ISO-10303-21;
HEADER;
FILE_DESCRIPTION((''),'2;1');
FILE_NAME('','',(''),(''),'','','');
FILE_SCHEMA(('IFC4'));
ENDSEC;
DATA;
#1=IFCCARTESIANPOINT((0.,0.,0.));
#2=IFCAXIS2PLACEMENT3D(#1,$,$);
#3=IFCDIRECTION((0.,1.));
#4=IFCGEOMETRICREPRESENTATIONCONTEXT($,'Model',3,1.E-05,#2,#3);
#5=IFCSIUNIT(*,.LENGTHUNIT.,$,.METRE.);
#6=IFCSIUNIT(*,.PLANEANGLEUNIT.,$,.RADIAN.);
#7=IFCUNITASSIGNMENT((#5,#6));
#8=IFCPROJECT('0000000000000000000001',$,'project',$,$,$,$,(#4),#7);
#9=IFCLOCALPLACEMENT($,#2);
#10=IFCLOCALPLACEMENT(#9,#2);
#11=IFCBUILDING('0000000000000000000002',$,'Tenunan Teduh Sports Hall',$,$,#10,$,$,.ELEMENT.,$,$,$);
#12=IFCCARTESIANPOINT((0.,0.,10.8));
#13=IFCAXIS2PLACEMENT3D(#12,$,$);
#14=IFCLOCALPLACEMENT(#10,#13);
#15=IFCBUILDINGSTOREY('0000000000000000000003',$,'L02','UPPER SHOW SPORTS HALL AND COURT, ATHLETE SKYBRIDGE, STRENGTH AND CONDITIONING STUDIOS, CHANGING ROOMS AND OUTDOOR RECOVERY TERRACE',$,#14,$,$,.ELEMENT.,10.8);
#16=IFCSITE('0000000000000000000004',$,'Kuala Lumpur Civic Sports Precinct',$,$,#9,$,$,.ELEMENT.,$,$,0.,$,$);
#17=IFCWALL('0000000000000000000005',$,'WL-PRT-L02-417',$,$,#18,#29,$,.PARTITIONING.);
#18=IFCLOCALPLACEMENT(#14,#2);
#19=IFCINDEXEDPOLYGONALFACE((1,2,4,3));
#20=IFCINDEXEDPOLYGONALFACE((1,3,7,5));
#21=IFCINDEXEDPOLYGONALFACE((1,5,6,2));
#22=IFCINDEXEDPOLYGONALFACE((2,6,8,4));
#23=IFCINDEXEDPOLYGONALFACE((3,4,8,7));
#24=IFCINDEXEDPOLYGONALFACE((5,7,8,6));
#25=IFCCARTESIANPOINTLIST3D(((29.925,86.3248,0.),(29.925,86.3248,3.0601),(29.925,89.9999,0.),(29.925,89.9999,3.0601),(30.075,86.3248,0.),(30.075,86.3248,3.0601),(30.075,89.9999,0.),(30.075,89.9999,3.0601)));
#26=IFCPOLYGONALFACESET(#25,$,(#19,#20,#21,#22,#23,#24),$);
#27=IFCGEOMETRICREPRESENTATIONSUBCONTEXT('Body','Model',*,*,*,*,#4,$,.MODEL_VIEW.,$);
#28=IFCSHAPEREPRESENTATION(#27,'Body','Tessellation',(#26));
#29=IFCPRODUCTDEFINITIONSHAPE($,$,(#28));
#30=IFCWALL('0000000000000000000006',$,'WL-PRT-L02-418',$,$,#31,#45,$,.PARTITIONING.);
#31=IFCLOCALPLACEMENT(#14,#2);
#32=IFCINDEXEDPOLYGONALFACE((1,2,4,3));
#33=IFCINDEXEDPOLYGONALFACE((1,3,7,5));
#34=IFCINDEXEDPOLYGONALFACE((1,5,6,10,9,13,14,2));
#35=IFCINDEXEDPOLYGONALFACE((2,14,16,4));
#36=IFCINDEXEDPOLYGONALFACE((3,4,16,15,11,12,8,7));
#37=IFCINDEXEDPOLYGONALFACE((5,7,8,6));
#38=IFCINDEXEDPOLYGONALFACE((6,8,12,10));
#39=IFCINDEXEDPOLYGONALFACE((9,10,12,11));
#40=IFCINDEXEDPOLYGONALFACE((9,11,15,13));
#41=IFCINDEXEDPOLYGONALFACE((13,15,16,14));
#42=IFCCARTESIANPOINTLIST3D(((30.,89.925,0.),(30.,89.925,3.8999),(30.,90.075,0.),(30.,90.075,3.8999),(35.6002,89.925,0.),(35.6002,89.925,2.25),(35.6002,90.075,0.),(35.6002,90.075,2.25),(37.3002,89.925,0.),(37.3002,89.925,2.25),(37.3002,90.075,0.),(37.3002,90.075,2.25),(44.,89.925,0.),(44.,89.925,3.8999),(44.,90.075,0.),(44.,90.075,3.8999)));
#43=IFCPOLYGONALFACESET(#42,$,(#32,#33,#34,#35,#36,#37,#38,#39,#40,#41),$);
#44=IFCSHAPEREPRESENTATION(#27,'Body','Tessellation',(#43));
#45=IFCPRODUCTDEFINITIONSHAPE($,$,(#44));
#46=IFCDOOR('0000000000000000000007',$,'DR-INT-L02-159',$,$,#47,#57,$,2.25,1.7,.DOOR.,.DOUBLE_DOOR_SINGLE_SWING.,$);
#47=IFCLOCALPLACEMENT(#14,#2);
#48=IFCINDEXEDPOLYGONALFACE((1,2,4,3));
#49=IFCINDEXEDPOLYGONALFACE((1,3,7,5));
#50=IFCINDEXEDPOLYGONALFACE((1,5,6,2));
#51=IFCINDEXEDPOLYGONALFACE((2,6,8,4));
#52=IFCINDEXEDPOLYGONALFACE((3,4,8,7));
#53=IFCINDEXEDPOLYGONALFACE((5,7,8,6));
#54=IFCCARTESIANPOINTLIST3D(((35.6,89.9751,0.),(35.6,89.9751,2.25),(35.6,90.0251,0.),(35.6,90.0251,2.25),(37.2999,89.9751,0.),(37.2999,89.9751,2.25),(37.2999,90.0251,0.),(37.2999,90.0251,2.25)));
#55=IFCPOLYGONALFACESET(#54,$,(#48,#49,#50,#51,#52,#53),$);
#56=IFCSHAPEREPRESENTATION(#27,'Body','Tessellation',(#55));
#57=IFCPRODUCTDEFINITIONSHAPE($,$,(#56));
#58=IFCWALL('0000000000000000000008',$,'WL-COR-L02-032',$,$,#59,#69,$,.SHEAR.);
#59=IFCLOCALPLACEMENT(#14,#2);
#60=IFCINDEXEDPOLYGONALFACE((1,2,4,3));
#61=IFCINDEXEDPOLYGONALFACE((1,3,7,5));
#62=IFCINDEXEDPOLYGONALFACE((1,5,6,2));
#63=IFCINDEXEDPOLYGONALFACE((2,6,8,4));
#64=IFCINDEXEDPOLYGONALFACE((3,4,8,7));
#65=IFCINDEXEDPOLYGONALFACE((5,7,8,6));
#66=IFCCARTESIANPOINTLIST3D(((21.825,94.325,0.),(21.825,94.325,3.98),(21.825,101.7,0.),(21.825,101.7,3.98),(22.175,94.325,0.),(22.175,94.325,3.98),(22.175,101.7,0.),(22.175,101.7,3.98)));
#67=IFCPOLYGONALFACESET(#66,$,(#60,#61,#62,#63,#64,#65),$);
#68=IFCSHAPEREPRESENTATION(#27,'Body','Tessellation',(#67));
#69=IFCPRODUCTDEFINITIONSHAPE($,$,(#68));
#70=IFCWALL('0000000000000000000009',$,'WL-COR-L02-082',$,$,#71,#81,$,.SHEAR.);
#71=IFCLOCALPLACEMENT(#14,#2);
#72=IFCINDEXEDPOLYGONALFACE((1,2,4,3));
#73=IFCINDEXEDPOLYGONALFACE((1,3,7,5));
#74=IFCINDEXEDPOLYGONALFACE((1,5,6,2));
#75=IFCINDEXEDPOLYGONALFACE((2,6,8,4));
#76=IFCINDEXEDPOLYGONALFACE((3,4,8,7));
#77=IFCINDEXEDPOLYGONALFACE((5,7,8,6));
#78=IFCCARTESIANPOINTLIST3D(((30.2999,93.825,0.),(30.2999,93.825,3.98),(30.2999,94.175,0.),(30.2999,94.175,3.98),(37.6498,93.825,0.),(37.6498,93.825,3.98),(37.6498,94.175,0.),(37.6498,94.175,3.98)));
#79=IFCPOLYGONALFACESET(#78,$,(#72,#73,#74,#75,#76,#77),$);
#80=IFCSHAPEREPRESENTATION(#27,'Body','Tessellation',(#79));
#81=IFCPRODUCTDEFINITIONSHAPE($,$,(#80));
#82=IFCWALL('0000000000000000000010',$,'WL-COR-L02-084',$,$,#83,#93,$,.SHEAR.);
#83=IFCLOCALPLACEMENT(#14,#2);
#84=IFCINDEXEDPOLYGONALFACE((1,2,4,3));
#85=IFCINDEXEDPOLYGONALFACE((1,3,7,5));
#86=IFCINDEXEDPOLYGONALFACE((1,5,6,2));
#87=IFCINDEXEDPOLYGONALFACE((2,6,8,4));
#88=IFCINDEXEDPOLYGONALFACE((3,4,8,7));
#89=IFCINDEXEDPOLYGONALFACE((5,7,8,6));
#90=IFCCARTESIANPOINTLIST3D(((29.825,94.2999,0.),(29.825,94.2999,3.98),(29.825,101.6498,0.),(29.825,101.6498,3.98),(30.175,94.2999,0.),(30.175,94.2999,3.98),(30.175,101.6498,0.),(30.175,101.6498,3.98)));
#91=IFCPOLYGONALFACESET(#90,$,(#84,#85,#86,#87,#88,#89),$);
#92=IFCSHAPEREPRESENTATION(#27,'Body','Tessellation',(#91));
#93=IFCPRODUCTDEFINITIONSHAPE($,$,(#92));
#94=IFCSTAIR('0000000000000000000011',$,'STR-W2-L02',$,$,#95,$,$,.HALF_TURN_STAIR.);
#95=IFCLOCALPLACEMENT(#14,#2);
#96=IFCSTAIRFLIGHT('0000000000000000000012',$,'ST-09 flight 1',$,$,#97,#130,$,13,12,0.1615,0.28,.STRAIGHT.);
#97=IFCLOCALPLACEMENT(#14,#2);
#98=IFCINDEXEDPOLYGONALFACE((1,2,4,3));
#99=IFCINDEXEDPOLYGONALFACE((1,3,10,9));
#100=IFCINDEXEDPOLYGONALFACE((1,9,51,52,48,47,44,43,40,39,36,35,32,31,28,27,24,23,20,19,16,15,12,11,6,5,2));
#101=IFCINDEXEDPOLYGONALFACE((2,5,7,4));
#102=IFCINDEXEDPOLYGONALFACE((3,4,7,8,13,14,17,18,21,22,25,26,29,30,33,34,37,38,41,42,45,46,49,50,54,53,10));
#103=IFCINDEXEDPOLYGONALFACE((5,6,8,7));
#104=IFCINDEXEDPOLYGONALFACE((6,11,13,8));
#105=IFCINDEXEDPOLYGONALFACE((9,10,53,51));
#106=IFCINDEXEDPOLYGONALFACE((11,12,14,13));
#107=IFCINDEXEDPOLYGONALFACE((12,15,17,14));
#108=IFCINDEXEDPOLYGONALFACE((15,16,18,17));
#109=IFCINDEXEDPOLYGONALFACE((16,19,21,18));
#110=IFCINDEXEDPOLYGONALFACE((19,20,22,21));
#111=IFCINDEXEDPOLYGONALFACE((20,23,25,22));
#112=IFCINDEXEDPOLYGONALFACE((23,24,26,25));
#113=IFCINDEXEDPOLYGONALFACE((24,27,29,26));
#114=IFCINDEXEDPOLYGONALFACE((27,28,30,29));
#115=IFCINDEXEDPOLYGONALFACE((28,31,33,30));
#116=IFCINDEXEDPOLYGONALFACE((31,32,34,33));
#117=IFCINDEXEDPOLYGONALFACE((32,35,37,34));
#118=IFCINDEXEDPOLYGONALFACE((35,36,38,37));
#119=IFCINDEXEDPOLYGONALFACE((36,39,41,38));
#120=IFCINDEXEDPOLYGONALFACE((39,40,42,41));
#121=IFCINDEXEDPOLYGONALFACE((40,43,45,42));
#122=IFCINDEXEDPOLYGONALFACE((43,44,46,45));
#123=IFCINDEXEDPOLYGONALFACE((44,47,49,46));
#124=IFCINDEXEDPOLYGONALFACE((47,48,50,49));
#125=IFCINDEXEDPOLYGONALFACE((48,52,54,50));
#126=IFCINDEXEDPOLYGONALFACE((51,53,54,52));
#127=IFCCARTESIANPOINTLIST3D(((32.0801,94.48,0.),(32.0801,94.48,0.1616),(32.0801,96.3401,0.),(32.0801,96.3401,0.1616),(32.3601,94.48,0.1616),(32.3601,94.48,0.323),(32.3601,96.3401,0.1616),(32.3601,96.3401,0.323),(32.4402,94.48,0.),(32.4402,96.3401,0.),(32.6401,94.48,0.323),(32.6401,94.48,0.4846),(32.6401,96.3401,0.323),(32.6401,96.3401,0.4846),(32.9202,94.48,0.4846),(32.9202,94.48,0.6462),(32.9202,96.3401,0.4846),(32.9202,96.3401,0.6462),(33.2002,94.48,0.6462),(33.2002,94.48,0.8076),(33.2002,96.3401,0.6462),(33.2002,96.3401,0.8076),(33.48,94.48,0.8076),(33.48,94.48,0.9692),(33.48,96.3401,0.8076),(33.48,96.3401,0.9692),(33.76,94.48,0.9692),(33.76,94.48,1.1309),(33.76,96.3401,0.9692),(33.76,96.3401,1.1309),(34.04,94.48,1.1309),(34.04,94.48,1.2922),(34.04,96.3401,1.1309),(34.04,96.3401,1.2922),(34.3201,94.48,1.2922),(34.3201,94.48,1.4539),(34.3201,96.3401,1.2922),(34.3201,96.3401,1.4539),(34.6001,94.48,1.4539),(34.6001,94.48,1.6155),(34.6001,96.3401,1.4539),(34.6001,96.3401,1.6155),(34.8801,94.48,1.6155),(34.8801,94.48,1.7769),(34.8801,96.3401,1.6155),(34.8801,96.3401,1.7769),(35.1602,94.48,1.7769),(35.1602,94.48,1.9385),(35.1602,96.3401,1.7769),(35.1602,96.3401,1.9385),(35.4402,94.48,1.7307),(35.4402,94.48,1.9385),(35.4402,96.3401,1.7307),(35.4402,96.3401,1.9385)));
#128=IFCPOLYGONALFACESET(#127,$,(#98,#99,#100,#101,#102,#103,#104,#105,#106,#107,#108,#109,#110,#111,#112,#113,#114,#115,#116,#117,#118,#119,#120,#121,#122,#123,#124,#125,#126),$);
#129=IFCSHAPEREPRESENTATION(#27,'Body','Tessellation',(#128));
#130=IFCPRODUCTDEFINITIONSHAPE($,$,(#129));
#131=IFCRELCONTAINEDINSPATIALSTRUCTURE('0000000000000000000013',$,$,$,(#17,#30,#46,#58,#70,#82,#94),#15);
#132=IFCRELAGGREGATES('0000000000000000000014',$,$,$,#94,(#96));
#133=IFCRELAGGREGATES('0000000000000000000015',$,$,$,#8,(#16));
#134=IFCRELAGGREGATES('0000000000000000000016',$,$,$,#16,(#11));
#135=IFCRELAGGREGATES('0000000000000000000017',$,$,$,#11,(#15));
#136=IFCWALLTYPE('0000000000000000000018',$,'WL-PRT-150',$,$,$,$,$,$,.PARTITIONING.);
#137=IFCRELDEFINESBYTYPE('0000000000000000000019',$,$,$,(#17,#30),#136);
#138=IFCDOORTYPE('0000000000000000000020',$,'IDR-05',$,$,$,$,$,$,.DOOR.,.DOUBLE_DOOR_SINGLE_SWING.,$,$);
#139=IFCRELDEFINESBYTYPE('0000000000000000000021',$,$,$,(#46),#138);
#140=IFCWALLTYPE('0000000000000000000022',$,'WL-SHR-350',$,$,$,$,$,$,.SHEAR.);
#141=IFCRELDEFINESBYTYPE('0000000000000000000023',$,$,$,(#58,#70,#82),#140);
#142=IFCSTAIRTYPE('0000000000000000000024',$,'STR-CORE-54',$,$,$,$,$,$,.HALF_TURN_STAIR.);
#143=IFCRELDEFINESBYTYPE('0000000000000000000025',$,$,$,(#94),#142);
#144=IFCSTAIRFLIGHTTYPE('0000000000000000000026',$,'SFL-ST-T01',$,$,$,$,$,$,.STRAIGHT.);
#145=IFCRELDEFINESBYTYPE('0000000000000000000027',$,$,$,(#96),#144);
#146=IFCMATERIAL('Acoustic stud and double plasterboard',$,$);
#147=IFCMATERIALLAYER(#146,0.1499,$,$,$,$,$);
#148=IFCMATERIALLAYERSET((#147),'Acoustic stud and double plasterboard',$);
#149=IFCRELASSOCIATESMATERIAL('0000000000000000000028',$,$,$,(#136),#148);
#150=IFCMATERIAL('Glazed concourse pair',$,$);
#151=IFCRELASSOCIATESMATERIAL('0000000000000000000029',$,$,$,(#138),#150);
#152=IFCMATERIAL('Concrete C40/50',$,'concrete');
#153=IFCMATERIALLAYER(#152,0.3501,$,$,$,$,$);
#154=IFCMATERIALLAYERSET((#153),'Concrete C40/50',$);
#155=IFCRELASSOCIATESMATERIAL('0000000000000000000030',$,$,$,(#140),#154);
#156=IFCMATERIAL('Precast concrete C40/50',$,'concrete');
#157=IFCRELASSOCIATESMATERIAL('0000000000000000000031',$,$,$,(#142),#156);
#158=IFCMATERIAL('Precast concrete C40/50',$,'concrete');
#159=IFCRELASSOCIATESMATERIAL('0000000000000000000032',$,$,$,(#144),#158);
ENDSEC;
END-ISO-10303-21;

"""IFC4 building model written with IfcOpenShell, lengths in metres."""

from ifc_helpers import new_model, si_unit, direction, frame, frame_2d, origin, place, context, subcontext, project, spatial, polyline, rectangle, outline, extrude, material, layer, layer_set, type_object, element, fill, aggregate, save


model = new_model("IFC4")

# Units and contexts
model_context = context("Model", 3, precision=1e-05, world=origin(), true_north=direction((0.0, 1.0)))
body_context = subcontext(model_context, "Body", "Model", "MODEL_VIEW")
ifc_project = project(units=[si_unit("LENGTHUNIT", "METRE"), si_unit("PLANEANGLEUNIT", "RADIAN")], contexts=[model_context])

# Site, building, storey
site_placement = place(None, origin())
site = spatial("IfcSite", under=ifc_project, at=site_placement, Name="Kuala Lumpur Civic Sports Precinct", CompositionType="ELEMENT", RefElevation=0.0)
building_placement = place(site_placement, origin())
building = spatial("IfcBuilding", under=site, at=building_placement, Name="Tenunan Teduh Sports Hall", CompositionType="ELEMENT")
storey_placement = place(building_placement, frame((0.0, 0.0, 10.8)))
storey = spatial("IfcBuildingStorey", under=building, at=storey_placement, Name="L02", Description="UPPER SHOW SPORTS HALL AND COURT, ATHLETE SKYBRIDGE, STRENGTH AND CONDITIONING STUDIOS, CHANGING ROOMS AND OUTDOOR RECOVERY TERRACE", CompositionType="ELEMENT", Elevation=10.8)

# Wall
ifc_material_1 = material(Name="Acoustic stud and double plasterboard")
ifc_layer_1 = layer(ifc_material_1, 0.1499)
ifc_layer_set_1 = layer_set([ifc_layer_1], Name="Acoustic stud and double plasterboard")
wall_type_1 = type_object("IfcWallType", Name="WL-PRT-150", PredefinedType="PARTITIONING", material=ifc_layer_set_1)
wall_1_placement = place(storey_placement, frame((30.0, 86.325, 0.0), z_axis=(0.0, 0.0, 1.0), x_axis=(0.0, 1.0, 0.0)))
element("IfcWall", 1, at=wall_1_placement, inside=storey, type_object=wall_type_1, Name="WL-PRT-L02-417", PredefinedType="PARTITIONING", context=body_context, shape_type="SweptSolid", body=[
    extrude(rectangle(XDim=3.675, YDim=0.1499, at=frame_2d((1.8374, 0.0))), origin(), (0.0, 0.0, 1.0), 3.0601),
])

# Wall, opening, door
wall_2_placement = place(storey_placement, frame((30.0, 90.0, 0.0), z_axis=(0.0, 0.0, 1.0), x_axis=(1.0, 0.0, 0.0)))
wall_2 = element("IfcWall", 2, at=wall_2_placement, inside=storey, type_object=wall_type_1, Name="WL-PRT-L02-418", PredefinedType="PARTITIONING", context=body_context, shape_type="SweptSolid", body=[
    extrude(rectangle(XDim=14.0, YDim=0.1499, at=frame_2d((7.0, 0.0))), origin(), (0.0, 0.0, 1.0), 3.8999),
])
opening_placement = place(wall_2_placement, frame((5.6001, 0.0, 0.0)))
opening = element("IfcOpeningElement", 3, at=opening_placement, cuts=wall_2, PredefinedType="OPENING", context=body_context, shape_type="SweptSolid", body=[
    extrude(rectangle(XDim=1.7, YDim=2.25, at=frame_2d((0.8501, 1.125))), frame((0.0, 0.085, 0.0), z_axis=(0.0, -1.0, 0.0), x_axis=(1.0, 0.0, 0.0)), (0.0, 0.0, 1.0), 0.1699),
])
ifc_material_2 = material(Name="Glazed concourse pair")
door_type = type_object("IfcDoorType", Name="IDR-05", OperationType="DOUBLE_DOOR_SINGLE_SWING", PredefinedType="DOOR", material=ifc_material_2)
door_placement = place(opening_placement, frame((1.7, 0.0, 0.0), z_axis=(0.0, 0.0, 1.0), x_axis=(-1.0, 0.0, 0.0)))
door = element("IfcDoor", 4, at=door_placement, inside=storey, type_object=door_type, Name="DR-INT-L02-159", OperationType="DOUBLE_DOOR_SINGLE_SWING", OverallHeight=2.25, OverallWidth=1.7, PredefinedType="DOOR", context=body_context, shape_type="SweptSolid", body=[
    extrude(rectangle(XDim=1.7, YDim=2.25, at=frame_2d((0.8501, 1.125))), frame((0.0, 0.0249, 0.0), z_axis=(0.0, -1.0, 0.0), x_axis=(1.0, 0.0, 0.0)), (0.0, 0.0, 1.0), 0.05),
])
fill(opening, door)

# Walls
ifc_material_3 = material(Name="Concrete C40/50", Category="concrete")
ifc_layer_2 = layer(ifc_material_3, 0.3501)
ifc_layer_set_2 = layer_set([ifc_layer_2], Name="Concrete C40/50")
wall_type_2 = type_object("IfcWallType", Name="WL-SHR-350", PredefinedType="SHEAR", material=ifc_layer_set_2)
wall_3_placement = place(storey_placement, frame((22.0, 94.325, 0.0), z_axis=(0.0, 0.0, 1.0), x_axis=(0.0, 1.0, 0.0)))
element("IfcWall", 5, at=wall_3_placement, inside=storey, type_object=wall_type_2, Name="WL-COR-L02-032", PredefinedType="SHEAR", context=body_context, shape_type="SweptSolid", body=[
    extrude(rectangle(XDim=7.375, YDim=0.3501, at=frame_2d((3.6875, 0.0))), origin(), (0.0, 0.0, 1.0), 3.98),
])
for number, where, z_axis, x_axis, name in (
    (6, (30.3, 94.0, 0.0), (0.0, 0.0, 1.0), (1.0, 0.0, 0.0), "WL-COR-L02-082"),
    (7, (30.0, 94.3, 0.0), (0.0, 0.0, 1.0), (0.0, 1.0, 0.0), "WL-COR-L02-084"),
):
    element("IfcWall", number, at=place(storey_placement, frame(where, z_axis=z_axis, x_axis=x_axis)), inside=storey, type_object=wall_type_2, Name=name, PredefinedType="SHEAR", context=body_context, shape_type="SweptSolid", body=[
        extrude(rectangle(XDim=7.3499, YDim=0.3501, at=frame_2d((3.6748, 0.0))), origin(), (0.0, 0.0, 1.0), 3.98),
    ])

# Stair, stair flight
ifc_material_4 = material(Name="Precast concrete C40/50", Category="concrete")
stair_type = type_object("IfcStairType", Name="STR-CORE-54", PredefinedType="HALF_TURN_STAIR", material=ifc_material_4)
stair_placement = place(storey_placement, origin())
stair = element("IfcStair", 8, at=stair_placement, inside=storey, type_object=stair_type, Name="STR-W2-L02", PredefinedType="HALF_TURN_STAIR")
ifc_material_5 = material(Name="Precast concrete C40/50", Category="concrete")
stair_flight_type = type_object("IfcStairFlightType", Name="SFL-ST-T01", PredefinedType="STRAIGHT", material=ifc_material_5)
stair_flight_placement = place(storey_placement, frame((32.0801, 95.4099, 0.0), z_axis=(0.0, 0.0, 1.0), x_axis=(1.0, 0.0, 0.0)))
stair_flight = element("IfcStairFlight", 9, at=stair_flight_placement, type_object=stair_flight_type, Name="ST-09 flight 1", NumberOfRisers=13, NumberOfTreads=12, PredefinedType="STRAIGHT", RiserHeight=0.1615, TreadLength=0.28, context=body_context, shape_type="SweptSolid", body=[
    extrude(outline(polyline([(0.0, 0.0), (0.0, 0.1616), (0.28, 0.1616), (0.28, 0.323), (0.5601, 0.323), (0.5601, 0.4846), (0.8401, 0.4846), (0.8401, 0.6462), (1.1201, 0.6462), (1.1201, 0.8076), (1.3999, 0.8076), (1.3999, 0.9692), (1.6799, 0.9692), (1.6799, 1.1309), (1.96, 1.1309), (1.96, 1.2922), (2.24, 1.2922), (2.24, 1.4539), (2.52, 1.4539), (2.52, 1.6155), (2.8, 1.6155), (2.8, 1.7769), (3.0801, 1.7769), (3.0801, 1.9385), (3.3601, 1.9385), (3.3601, 2.1001), (3.3601, 1.7307), (0.3601, 0.0), (0.0, 0.0)])), frame((0.0, 0.9302, 0.0), z_axis=(0.0, -1.0, 0.0), x_axis=(1.0, 0.0, 0.0)), (0.0, 0.0, 1.0), 1.8601),
])

aggregate(stair, [stair_flight])

save(model, "model.ifc")
